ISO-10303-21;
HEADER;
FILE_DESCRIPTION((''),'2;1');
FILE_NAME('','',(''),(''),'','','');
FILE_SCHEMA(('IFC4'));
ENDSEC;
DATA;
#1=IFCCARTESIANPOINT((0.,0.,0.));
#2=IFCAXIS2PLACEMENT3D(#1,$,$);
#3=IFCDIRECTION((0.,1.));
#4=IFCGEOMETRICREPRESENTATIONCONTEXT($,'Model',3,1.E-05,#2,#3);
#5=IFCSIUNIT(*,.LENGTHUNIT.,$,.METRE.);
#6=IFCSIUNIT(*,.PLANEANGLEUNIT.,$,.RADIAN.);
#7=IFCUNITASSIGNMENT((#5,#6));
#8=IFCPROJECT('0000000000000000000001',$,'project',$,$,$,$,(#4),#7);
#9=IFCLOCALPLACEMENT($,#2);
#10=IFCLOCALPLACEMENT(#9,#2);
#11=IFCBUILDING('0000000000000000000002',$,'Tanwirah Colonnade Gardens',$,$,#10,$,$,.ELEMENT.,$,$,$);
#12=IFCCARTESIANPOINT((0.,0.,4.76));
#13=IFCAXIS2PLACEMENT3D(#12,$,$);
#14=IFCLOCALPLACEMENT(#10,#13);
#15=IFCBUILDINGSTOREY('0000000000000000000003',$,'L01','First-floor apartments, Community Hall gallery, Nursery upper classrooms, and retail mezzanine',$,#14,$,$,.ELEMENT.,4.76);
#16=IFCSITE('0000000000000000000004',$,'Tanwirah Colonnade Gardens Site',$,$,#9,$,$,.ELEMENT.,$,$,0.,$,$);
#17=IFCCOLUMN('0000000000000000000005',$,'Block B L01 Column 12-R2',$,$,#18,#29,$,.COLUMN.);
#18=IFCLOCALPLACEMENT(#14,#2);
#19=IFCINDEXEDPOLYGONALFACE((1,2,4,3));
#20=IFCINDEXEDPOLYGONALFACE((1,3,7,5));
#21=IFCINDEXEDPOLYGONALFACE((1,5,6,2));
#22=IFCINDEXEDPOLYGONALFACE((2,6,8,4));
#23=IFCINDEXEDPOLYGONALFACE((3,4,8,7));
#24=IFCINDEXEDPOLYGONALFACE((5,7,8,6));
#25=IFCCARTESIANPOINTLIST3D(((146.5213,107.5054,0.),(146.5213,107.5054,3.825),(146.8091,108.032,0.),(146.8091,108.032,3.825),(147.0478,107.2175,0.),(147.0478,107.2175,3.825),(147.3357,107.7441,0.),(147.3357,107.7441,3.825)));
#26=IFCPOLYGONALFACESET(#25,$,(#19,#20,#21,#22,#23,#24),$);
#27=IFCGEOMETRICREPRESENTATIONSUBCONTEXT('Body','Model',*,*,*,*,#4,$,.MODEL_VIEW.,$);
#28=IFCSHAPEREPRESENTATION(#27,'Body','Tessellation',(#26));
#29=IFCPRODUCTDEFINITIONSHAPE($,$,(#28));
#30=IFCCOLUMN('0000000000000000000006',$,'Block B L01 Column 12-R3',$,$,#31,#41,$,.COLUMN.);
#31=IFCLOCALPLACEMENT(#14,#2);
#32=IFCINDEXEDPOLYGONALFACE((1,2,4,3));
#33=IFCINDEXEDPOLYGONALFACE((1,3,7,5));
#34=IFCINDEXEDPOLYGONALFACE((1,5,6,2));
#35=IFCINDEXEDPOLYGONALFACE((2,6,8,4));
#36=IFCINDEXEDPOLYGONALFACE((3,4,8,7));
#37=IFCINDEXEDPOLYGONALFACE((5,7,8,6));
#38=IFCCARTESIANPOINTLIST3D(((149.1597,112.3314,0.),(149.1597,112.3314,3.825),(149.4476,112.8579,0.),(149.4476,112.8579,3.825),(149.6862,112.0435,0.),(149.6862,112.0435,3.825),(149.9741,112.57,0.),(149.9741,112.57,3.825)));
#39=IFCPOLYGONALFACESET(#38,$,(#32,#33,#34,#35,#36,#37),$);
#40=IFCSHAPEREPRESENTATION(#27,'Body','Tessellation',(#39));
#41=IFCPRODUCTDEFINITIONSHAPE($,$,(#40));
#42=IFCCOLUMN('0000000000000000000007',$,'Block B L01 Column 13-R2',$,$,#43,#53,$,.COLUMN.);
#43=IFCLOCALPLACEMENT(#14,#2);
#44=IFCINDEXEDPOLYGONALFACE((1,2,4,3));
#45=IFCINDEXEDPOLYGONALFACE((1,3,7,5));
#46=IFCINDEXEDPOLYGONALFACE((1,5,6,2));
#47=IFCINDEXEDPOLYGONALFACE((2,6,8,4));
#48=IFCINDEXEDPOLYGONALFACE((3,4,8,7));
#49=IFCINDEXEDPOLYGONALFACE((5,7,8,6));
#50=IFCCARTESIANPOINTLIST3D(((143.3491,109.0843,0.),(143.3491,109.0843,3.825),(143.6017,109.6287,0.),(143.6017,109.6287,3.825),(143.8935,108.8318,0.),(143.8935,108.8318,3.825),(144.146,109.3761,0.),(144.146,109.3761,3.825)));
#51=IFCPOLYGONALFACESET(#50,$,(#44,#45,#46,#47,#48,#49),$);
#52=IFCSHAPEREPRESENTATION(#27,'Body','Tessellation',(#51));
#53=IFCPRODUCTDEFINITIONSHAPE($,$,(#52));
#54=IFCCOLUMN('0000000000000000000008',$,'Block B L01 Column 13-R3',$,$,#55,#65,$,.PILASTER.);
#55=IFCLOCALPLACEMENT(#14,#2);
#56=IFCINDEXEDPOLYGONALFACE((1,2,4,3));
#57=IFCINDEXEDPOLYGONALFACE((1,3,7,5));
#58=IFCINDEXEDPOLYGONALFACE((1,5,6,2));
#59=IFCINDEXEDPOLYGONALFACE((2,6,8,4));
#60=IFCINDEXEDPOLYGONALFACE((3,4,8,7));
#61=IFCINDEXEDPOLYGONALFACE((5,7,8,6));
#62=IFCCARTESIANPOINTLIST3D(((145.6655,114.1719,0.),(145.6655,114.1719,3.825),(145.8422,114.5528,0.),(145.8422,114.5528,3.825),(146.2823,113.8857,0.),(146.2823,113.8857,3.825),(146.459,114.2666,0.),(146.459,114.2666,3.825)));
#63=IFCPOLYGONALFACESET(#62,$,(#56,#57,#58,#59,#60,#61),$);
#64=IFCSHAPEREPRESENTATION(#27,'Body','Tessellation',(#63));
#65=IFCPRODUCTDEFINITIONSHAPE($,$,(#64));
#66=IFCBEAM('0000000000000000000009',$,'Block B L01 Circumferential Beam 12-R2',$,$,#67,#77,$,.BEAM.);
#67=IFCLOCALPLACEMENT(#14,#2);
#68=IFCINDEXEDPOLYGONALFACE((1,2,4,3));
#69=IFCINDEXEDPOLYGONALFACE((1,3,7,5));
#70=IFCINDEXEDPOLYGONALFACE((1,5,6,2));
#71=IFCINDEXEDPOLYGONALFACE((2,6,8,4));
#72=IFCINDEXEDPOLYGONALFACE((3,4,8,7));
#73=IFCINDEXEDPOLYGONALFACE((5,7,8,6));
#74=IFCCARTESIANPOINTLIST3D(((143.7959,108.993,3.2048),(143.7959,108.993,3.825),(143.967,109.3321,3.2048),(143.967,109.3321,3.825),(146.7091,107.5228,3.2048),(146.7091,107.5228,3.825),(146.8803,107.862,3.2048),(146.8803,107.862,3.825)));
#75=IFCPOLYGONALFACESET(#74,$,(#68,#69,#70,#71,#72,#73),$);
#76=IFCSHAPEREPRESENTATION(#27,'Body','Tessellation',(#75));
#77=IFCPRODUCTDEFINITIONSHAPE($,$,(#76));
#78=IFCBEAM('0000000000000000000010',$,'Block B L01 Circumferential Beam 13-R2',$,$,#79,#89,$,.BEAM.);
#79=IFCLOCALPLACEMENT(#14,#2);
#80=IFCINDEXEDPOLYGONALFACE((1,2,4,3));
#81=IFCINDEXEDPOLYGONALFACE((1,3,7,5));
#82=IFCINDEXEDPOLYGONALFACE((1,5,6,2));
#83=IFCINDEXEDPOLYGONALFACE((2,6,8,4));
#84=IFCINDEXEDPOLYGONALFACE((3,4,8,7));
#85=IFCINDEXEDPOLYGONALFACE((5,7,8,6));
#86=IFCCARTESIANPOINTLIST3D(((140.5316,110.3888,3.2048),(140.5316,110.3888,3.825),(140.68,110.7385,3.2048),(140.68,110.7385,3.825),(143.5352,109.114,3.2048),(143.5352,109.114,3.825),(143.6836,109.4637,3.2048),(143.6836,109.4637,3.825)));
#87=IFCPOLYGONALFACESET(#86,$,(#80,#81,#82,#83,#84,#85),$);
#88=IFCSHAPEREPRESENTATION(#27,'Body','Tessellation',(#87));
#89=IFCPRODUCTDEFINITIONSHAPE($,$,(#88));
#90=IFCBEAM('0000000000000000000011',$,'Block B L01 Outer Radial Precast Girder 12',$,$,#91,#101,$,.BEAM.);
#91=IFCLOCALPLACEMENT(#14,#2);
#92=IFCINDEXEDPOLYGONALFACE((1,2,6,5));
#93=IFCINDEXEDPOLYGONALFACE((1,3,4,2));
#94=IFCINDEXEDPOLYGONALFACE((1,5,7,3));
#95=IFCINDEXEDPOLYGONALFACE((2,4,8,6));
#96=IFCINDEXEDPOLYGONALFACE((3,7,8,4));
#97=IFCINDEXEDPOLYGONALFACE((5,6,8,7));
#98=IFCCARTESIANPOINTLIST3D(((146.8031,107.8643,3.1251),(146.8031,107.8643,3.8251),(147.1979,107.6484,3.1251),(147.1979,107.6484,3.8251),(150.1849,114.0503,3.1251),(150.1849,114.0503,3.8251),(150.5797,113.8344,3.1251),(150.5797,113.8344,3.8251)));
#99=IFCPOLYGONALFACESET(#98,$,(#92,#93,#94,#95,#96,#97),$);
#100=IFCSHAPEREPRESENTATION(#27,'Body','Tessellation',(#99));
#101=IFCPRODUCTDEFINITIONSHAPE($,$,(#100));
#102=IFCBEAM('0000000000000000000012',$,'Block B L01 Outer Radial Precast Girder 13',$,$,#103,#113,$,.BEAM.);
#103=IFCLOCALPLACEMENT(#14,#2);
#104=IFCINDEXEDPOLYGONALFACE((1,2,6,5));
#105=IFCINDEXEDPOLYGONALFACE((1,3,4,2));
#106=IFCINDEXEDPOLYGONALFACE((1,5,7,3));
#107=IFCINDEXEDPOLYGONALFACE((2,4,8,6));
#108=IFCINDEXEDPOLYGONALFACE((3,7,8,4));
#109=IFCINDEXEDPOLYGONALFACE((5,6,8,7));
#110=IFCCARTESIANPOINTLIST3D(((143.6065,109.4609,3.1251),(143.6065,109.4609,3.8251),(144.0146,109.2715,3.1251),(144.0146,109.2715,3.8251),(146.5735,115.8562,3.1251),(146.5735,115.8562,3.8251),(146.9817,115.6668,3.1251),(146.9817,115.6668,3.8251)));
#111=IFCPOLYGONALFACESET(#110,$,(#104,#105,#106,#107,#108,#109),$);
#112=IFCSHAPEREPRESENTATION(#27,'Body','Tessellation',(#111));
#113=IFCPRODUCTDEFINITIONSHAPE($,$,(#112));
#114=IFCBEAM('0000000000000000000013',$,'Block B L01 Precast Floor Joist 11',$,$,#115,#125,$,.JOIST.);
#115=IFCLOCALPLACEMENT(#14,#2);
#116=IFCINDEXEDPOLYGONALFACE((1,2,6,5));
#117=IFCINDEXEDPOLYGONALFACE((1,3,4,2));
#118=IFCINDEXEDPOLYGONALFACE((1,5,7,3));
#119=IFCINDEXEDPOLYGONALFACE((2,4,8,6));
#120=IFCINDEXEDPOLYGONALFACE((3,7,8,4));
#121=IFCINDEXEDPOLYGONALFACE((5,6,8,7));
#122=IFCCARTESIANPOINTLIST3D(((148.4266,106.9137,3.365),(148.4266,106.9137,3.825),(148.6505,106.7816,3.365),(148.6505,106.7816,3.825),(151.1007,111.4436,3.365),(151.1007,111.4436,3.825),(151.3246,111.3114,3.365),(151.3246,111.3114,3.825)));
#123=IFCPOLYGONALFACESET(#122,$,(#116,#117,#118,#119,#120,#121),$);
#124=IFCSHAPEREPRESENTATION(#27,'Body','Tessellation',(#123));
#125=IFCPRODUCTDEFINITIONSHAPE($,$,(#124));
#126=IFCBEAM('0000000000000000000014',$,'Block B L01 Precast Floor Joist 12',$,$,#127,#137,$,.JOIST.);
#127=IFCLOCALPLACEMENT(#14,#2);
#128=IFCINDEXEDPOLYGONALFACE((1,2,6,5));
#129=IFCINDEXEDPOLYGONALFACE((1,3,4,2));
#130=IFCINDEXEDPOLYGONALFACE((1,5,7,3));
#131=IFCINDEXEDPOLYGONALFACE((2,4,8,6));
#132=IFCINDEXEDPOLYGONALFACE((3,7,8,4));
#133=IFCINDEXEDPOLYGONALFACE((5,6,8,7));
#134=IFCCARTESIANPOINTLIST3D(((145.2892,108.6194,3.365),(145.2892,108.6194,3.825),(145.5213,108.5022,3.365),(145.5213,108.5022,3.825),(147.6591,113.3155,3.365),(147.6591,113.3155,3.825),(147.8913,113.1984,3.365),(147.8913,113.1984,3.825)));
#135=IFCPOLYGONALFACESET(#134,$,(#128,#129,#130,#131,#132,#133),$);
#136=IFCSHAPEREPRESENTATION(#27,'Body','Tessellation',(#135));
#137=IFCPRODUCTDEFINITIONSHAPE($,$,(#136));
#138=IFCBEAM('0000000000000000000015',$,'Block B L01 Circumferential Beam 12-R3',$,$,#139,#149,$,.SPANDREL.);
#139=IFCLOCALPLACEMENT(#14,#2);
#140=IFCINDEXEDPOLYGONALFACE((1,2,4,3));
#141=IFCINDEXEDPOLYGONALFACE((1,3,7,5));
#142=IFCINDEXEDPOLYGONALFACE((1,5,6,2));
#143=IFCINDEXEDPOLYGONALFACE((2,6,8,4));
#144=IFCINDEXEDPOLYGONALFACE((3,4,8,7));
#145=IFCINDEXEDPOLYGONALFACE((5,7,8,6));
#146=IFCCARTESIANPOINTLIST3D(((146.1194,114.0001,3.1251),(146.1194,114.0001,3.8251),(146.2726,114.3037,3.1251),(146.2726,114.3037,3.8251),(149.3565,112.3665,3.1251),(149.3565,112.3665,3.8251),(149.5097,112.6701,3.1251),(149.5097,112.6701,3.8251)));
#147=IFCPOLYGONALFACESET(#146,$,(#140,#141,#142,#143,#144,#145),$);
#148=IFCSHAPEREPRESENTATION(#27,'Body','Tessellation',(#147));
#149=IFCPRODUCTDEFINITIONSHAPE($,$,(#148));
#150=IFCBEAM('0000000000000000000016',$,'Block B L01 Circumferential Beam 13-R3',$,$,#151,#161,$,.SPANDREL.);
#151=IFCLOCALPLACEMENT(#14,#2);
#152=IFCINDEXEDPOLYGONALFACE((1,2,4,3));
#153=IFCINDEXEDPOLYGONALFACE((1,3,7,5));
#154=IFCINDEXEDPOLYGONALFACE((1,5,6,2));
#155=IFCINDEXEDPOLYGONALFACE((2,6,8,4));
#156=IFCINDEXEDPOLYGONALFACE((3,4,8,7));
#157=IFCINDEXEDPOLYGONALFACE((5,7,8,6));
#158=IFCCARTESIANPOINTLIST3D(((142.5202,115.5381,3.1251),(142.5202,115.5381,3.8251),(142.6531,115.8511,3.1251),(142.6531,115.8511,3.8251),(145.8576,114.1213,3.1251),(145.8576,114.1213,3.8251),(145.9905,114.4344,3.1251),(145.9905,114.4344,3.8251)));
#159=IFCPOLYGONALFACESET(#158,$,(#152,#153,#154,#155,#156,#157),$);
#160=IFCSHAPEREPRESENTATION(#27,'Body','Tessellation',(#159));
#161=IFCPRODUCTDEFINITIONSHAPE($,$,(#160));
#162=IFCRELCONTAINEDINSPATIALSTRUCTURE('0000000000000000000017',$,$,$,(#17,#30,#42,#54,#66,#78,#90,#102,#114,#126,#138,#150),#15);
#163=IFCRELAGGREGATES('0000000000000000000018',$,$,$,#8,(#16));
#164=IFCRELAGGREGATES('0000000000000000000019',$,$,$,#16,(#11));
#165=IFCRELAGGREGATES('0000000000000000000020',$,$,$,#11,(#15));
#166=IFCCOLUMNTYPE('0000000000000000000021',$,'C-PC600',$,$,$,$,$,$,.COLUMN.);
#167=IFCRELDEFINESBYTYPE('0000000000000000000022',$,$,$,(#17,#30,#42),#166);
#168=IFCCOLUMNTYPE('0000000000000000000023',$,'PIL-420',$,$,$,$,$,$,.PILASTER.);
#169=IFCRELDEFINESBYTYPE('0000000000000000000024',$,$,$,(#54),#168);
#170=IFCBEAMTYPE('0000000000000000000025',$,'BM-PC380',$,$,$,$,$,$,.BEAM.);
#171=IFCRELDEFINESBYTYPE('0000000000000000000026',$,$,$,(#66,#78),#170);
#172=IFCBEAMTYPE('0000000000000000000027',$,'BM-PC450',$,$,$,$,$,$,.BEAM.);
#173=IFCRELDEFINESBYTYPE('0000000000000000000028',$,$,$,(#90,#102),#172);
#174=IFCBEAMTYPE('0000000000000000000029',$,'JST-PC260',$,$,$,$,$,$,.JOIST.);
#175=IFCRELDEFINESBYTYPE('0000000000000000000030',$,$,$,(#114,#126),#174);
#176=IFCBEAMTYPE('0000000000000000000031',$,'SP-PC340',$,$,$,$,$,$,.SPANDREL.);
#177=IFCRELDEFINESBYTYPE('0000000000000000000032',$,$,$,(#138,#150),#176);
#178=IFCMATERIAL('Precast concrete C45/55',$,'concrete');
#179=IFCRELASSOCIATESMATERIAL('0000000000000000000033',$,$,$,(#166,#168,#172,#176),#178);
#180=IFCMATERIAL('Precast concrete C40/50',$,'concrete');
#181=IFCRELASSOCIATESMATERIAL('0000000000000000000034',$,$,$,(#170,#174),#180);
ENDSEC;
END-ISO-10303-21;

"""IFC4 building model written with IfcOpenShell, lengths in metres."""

from ifc_helpers import new_model, si_unit, direction, frame, origin, origin_2d, place, context, subcontext, project, spatial, rectangle, extrude, material, material_profile, profile_set, type_object, element, save


model = new_model("IFC4")

# Units and contexts
model_context = context("Model", 3, precision=1e-05, world=origin(), true_north=direction((0.0, 1.0)))
body_context = subcontext(model_context, "Body", "Model", "MODEL_VIEW")
ifc_project = project(units=[si_unit("LENGTHUNIT", "METRE"), si_unit("PLANEANGLEUNIT", "RADIAN")], contexts=[model_context])

# Site, building, storey
site_placement = place(None, origin())
site = spatial("IfcSite", under=ifc_project, at=site_placement, Name="Tanwirah Colonnade Gardens Site", CompositionType="ELEMENT", RefElevation=0.0)
building_placement = place(site_placement, origin())
building = spatial("IfcBuilding", under=site, at=building_placement, Name="Tanwirah Colonnade Gardens", CompositionType="ELEMENT")
storey_placement = place(building_placement, frame((0.0, 0.0, 4.76)))
storey = spatial("IfcBuildingStorey", under=building, at=storey_placement, Name="L01", Description="First-floor apartments, Community Hall gallery, Nursery upper classrooms, and retail mezzanine", CompositionType="ELEMENT", Elevation=4.76)

# Columns
ifc_material_1 = material(Name="Precast concrete C45/55", Category="concrete")
ifc_material_profile_1 = material_profile(ifc_material_1, rectangle(XDim=0.6001, YDim=0.6001, at=origin_2d()), Name="PC-COL 600x600")
ifc_profile_set_1 = profile_set([ifc_material_profile_1], Name="Precast concrete C45/55")
column_type_1 = type_object("IfcColumnType", Name="C-PC600", PredefinedType="COLUMN", material=ifc_profile_set_1)
for number, where, z_axis, x_axis, name in (
    (1, (146.9285, 107.6248, 0.0), (0.0, 0.0, 1.0), (0.479713, 0.877425, 0.0), "Block B L01 Column 12-R2"),
    (2, (149.5669, 112.4507, 0.0), (0.0, 0.0, 1.0), (0.479713, 0.877425, 0.0), "Block B L01 Column 12-R3"),
    (3, (143.7476, 109.2302, 0.0), (0.0, 0.0, 1.0), (0.42086, 0.907126, 0.0), "Block B L01 Column 13-R2"),
):
    element("IfcColumn", number, at=place(storey_placement, frame(where, z_axis=z_axis, x_axis=x_axis)), inside=storey, type_object=column_type_1, Name=name, PredefinedType="COLUMN", context=body_context, shape_type="SweptSolid", body=[
        extrude(rectangle(XDim=0.6001, YDim=0.6001, at=origin_2d()), origin(), (0.0, 0.0, 1.0), 3.825),
    ])
ifc_material_profile_2 = material_profile(ifc_material_1, rectangle(XDim=0.4199, YDim=0.6799, at=origin_2d()), Name="PC-PIL 420x680")
ifc_profile_set_2 = profile_set([ifc_material_profile_2], Name="Precast concrete C45/55")
column_type_2 = type_object("IfcColumnType", Name="PIL-420", PredefinedType="PILASTER", material=ifc_profile_set_2)
column_placement = place(storey_placement, frame((146.0623, 114.2192, 0.0), z_axis=(0.0, 0.0, 1.0), x_axis=(0.42086, 0.907126, 0.0)))
element("IfcColumn", 4, at=column_placement, inside=storey, type_object=column_type_2, Name="Block B L01 Column 13-R3", PredefinedType="PILASTER", context=body_context, shape_type="SweptSolid", body=[
    extrude(rectangle(XDim=0.4199, YDim=0.6799, at=origin_2d()), origin(), (0.0, 0.0, 1.0), 3.825),
])

# Beams
ifc_material_2 = material(Name="Precast concrete C40/50", Category="concrete")
ifc_material_profile_3 = material_profile(ifc_material_2, rectangle(XDim=0.3799, YDim=0.6201, at=origin_2d()), Name="PC-BM 380x620")
ifc_profile_set_3 = profile_set([ifc_material_profile_3], Name="Precast concrete C40/50")
beam_type_1 = type_object("IfcBeamType", Name="BM-PC380", PredefinedType="BEAM", material=ifc_profile_set_3)
beam_1_placement = place(storey_placement, frame((146.7947, 107.6924, 3.5149), z_axis=(-0.89276, 0.450532, 0.0), x_axis=(-0.450532, -0.89276, 0.0)))
element("IfcBeam", 5, at=beam_1_placement, inside=storey, type_object=beam_type_1, Name="Block B L01 Circumferential Beam 12-R2", PredefinedType="BEAM", context=body_context, shape_type="SweptSolid", body=[
    extrude(rectangle(XDim=0.3799, YDim=0.6201, at=origin_2d()), origin(), (0.0, 0.0, 1.0), 3.2632),
])
beam_2_placement = place(storey_placement, frame((143.6094, 109.2888, 3.5149), z_axis=(-0.920513, 0.390711, 0.0), x_axis=(-0.390711, -0.920513, 0.0)))
element("IfcBeam", 6, at=beam_2_placement, inside=storey, type_object=beam_type_1, Name="Block B L01 Circumferential Beam 13-R2", PredefinedType="BEAM", context=body_context, shape_type="SweptSolid", body=[
    extrude(rectangle(XDim=0.3799, YDim=0.6201, at=origin_2d()), origin(), (0.0, 0.0, 1.0), 3.2629),
])
ifc_material_profile_4 = material_profile(ifc_material_1, rectangle(XDim=0.45, YDim=0.7, at=origin_2d()), Name="PC-BM 450x700")
ifc_profile_set_4 = profile_set([ifc_material_profile_4], Name="Precast concrete C45/55")
beam_type_2 = type_object("IfcBeamType", Name="BM-PC450", PredefinedType="BEAM", material=ifc_profile_set_4)
for number, where, z_axis, x_axis, name in (
    (7, (147.0005, 107.7563, 3.4751), (0.479687, 0.87744, 0.0), (-0.87744, 0.479687, 0.0), "Block B L01 Outer Radial Precast Girder 12"),
    (8, (143.8105, 109.3662, 3.4751), (0.420856, 0.907128, 0.0), (-0.907128, 0.420856, 0.0), "Block B L01 Outer Radial Precast Girder 13"),
):
    element("IfcBeam", number, at=place(storey_placement, frame(where, z_axis=z_axis, x_axis=x_axis)), inside=storey, type_object=beam_type_2, Name=name, PredefinedType="BEAM", context=body_context, shape_type="SweptSolid", body=[
        extrude(rectangle(XDim=0.45, YDim=0.7, at=origin_2d()), origin(), (0.0, 0.0, 1.0), 7.05),
    ])
ifc_material_profile_5 = material_profile(ifc_material_2, rectangle(XDim=0.26, YDim=0.46, at=origin_2d()), Name="PC-JST 260x460")
ifc_profile_set_5 = profile_set([ifc_material_profile_5], Name="Precast concrete C40/50")
beam_type_3 = type_object("IfcBeamType", Name="JST-PC260", PredefinedType="JOIST", material=ifc_profile_set_5)
for number, where, z_axis, x_axis, name in (
    (9, (148.5386, 106.8477, 3.595), (0.50836, 0.861145, 0.0), (-0.861145, 0.50836, 0.0), "Block B L01 Precast Floor Joist 11"),
    (10, (145.4053, 108.5608, 3.595), (0.450534, 0.892759, 0.0), (-0.892759, 0.450534, 0.0), "Block B L01 Precast Floor Joist 12"),
):
    element("IfcBeam", number, at=place(storey_placement, frame(where, z_axis=z_axis, x_axis=x_axis)), inside=storey, type_object=beam_type_3, Name=name, PredefinedType="JOIST", context=body_context, shape_type="SweptSolid", body=[
        extrude(rectangle(XDim=0.26, YDim=0.46, at=origin_2d()), origin(), (0.0, 0.0, 1.0), 5.2603),
    ])
ifc_material_profile_6 = material_profile(ifc_material_1, rectangle(XDim=0.3401, YDim=0.7, at=origin_2d()), Name="PC-SP 340x700")
ifc_profile_set_6 = profile_set([ifc_material_profile_6], Name="Precast concrete C45/55")
beam_type_4 = type_object("IfcBeamType", Name="SP-PC340", PredefinedType="SPANDREL", material=ifc_profile_set_6)
beam_3_placement = place(storey_placement, frame((149.4331, 112.5183, 3.4751), z_axis=(-0.892765, 0.450523, 0.0), x_axis=(-0.450523, -0.892765, 0.0)))
element("IfcBeam", 11, at=beam_3_placement, inside=storey, type_object=beam_type_4, Name="Block B L01 Circumferential Beam 12-R3", PredefinedType="SPANDREL", context=body_context, shape_type="SweptSolid", body=[
    extrude(rectangle(XDim=0.3401, YDim=0.7, at=origin_2d()), origin(), (0.0, 0.0, 1.0), 3.626),
])
beam_4_placement = place(storey_placement, frame((145.9241, 114.2778, 3.4751), z_axis=(-0.920494, 0.390756, 0.0), x_axis=(-0.390756, -0.920494, 0.0)))
element("IfcBeam", 12, at=beam_4_placement, inside=storey, type_object=beam_type_4, Name="Block B L01 Circumferential Beam 13-R3", PredefinedType="SPANDREL", context=body_context, shape_type="SweptSolid", body=[
    extrude(rectangle(XDim=0.3401, YDim=0.7, at=origin_2d()), origin(), (0.0, 0.0, 1.0), 3.6257),
])

save(model, "model.ifc")
